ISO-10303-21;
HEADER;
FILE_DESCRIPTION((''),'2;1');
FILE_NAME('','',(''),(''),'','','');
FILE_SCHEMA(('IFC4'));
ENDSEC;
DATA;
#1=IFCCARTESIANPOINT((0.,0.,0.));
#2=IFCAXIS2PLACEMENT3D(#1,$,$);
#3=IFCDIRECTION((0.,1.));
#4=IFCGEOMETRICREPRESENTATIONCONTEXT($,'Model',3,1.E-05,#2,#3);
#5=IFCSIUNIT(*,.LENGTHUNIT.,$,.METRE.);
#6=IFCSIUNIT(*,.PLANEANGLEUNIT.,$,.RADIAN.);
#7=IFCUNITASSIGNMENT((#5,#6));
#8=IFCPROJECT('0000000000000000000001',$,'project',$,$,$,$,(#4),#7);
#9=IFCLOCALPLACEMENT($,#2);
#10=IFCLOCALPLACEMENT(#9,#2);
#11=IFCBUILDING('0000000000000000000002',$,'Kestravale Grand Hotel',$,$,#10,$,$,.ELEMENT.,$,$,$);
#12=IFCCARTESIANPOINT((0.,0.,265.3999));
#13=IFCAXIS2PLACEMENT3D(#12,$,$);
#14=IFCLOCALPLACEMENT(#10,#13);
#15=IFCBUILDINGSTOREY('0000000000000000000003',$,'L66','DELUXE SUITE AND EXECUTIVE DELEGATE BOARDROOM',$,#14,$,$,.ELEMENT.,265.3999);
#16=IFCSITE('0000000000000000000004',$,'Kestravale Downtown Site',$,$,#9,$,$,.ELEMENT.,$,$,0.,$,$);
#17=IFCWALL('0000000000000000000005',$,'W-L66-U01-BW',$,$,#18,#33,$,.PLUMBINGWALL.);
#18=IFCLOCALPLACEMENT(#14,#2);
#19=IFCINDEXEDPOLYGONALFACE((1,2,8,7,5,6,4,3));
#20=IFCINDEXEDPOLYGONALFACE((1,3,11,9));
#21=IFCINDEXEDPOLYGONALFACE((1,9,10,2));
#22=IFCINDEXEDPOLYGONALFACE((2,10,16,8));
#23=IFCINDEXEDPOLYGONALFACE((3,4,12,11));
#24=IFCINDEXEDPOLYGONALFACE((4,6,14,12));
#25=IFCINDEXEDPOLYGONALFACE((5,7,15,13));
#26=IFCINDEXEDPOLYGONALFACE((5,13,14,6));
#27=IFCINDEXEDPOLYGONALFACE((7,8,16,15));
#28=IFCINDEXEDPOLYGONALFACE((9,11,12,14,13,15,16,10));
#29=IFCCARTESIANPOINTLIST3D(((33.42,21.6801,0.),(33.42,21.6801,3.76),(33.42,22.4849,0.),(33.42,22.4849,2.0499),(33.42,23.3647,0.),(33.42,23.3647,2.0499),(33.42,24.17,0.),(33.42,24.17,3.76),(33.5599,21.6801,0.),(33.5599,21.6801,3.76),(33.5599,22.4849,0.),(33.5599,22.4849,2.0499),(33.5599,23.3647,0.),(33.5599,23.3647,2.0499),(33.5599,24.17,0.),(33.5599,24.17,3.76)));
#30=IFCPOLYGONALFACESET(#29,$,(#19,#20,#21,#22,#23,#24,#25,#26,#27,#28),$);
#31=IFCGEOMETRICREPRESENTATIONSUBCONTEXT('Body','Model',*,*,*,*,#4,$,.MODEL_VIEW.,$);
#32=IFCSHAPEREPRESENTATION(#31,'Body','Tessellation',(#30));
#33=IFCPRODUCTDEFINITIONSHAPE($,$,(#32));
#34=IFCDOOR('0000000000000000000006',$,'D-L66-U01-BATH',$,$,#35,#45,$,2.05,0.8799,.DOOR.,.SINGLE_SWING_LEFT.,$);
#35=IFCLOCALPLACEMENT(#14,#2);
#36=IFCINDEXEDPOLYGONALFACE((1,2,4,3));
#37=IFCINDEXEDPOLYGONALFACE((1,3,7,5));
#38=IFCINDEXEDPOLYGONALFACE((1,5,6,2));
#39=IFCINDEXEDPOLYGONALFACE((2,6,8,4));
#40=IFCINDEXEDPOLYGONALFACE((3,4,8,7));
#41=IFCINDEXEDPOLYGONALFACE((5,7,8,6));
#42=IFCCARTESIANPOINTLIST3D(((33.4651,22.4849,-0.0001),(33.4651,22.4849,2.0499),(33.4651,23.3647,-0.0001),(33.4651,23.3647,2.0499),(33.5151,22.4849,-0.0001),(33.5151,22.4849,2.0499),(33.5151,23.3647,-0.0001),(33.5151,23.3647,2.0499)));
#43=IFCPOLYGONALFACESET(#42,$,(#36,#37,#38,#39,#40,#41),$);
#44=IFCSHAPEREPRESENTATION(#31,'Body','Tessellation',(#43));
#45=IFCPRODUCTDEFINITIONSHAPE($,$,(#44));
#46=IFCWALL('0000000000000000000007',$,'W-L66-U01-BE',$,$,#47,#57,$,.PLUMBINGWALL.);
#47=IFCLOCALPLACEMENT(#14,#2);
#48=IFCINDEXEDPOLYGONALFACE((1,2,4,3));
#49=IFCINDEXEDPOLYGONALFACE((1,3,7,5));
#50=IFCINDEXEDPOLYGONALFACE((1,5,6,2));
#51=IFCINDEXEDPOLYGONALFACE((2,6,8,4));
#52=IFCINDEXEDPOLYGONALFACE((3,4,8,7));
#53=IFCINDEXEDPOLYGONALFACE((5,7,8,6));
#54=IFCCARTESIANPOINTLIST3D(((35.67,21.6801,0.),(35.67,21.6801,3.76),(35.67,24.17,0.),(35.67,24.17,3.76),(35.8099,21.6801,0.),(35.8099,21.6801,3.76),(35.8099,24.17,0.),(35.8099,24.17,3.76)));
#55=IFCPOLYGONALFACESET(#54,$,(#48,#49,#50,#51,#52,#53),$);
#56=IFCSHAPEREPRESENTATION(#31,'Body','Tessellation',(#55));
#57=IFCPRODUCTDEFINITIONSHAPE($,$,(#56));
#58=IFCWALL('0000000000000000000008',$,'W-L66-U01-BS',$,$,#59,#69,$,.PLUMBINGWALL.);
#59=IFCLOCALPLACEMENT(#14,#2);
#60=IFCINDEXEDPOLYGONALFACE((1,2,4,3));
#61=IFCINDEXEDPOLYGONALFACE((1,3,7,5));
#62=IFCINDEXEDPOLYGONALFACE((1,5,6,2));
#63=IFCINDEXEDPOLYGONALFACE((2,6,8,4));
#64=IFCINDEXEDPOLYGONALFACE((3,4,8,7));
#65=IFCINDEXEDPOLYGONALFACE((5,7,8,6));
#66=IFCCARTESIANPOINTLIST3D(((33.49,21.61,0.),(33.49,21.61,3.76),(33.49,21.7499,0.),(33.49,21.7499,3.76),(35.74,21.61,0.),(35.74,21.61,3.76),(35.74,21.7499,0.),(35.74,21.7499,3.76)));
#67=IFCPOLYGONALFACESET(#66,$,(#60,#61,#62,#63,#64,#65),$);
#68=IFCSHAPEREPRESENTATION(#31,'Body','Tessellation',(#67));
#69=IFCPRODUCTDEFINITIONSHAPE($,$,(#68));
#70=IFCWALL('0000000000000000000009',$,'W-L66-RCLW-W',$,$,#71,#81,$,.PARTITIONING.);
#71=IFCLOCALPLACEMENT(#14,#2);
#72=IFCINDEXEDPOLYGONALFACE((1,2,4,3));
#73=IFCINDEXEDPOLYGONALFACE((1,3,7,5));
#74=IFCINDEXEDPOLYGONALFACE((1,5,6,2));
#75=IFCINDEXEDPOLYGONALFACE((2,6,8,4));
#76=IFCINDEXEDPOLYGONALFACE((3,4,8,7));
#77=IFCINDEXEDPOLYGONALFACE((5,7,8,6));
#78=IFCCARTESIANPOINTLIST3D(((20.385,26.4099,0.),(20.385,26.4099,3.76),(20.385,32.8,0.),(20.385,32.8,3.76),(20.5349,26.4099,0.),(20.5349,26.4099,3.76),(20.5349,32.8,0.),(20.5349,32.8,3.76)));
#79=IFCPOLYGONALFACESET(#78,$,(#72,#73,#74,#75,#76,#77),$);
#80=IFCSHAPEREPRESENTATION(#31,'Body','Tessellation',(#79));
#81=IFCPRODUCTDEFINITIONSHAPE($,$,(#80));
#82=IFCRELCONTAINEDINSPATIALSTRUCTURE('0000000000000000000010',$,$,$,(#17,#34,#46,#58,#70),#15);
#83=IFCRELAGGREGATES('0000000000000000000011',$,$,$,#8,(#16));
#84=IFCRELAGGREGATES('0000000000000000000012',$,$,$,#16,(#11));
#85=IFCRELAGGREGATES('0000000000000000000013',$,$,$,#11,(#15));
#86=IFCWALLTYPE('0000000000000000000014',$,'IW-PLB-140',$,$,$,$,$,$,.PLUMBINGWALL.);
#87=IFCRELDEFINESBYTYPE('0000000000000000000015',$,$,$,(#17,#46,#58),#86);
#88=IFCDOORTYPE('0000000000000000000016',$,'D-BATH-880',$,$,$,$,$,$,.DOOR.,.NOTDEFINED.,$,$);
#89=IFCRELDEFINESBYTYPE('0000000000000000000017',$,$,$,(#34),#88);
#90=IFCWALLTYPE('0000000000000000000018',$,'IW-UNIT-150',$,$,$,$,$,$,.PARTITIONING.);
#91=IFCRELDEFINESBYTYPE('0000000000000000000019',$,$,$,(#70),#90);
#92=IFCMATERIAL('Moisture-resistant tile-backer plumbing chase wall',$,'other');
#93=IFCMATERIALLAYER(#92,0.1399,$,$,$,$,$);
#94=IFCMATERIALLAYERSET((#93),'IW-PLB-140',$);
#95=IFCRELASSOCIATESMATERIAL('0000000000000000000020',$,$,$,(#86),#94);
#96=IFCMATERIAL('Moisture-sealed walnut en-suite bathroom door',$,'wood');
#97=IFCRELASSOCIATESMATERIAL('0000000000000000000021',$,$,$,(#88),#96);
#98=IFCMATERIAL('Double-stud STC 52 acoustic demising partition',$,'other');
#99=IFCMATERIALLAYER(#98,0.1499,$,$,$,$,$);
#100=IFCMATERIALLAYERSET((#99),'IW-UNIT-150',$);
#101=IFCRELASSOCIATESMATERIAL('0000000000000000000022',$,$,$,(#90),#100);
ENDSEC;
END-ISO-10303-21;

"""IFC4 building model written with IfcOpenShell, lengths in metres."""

from ifc_helpers import new_model, si_unit, direction, frame, frame_2d, origin, place, context, subcontext, project, spatial, rectangle, extrude, material, layer, layer_set, type_object, element, fill, save


model = new_model("IFC4")

# Units and contexts
model_context = context("Model", 3, precision=1e-05, world=origin(), true_north=direction((0.0, 1.0)))
body_context = subcontext(model_context, "Body", "Model", "MODEL_VIEW")
ifc_project = project(units=[si_unit("LENGTHUNIT", "METRE"), si_unit("PLANEANGLEUNIT", "RADIAN")], contexts=[model_context])

# Site, building, storey
site_placement = place(None, origin())
site = spatial("IfcSite", under=ifc_project, at=site_placement, Name="Kestravale Downtown Site", CompositionType="ELEMENT", RefElevation=0.0)
building_placement = place(site_placement, origin())
building = spatial("IfcBuilding", under=site, at=building_placement, Name="Kestravale Grand Hotel", CompositionType="ELEMENT")
storey_placement = place(building_placement, frame((0.0, 0.0, 265.3999)))
storey = spatial("IfcBuildingStorey", under=building, at=storey_placement, Name="L66", Description="DELUXE SUITE AND EXECUTIVE DELEGATE BOARDROOM", CompositionType="ELEMENT", Elevation=265.3999)

# Wall, opening, door
ifc_material_1 = material(Name="Moisture-resistant tile-backer plumbing chase wall", Category="other")
ifc_layer_1 = layer(ifc_material_1, 0.1399)
ifc_layer_set_1 = layer_set([ifc_layer_1], Name="IW-PLB-140")
wall_type_1 = type_object("IfcWallType", Name="IW-PLB-140", PredefinedType="PLUMBINGWALL", material=ifc_layer_set_1)
wall_1_placement = place(storey_placement, frame((33.49, 21.6799, 0.0), z_axis=(0.0, 0.0, 1.0), x_axis=(0.0, 1.0, 0.0)))
wall_1 = element("IfcWall", 1, at=wall_1_placement, inside=storey, type_object=wall_type_1, Name="W-L66-U01-BW", PredefinedType="PLUMBINGWALL", context=body_context, shape_type="SweptSolid", body=[
    extrude(rectangle(XDim=2.49, YDim=0.1399, at=frame_2d((1.2451, 0.0))), origin(), (0.0, 0.0, 1.0), 3.76),
])
opening_1_placement = place(wall_1_placement, frame((0.8049, 0.0, 0.0)))
opening_1 = element("IfcOpeningElement", 2, at=opening_1_placement, cuts=wall_1, PredefinedType="OPENING", context=body_context, shape_type="SweptSolid", body=[
    extrude(rectangle(XDim=0.8799, YDim=2.05, at=frame_2d((0.4399, 1.0249))), frame((0.0, 0.0798, 0.0), z_axis=(0.0, -1.0, 0.0), x_axis=(1.0, 0.0, 0.0)), (0.0, 0.0, 1.0), 0.1599),
])
ifc_material_2 = material(Name="Moisture-sealed walnut en-suite bathroom door", Category="wood")
door_type_1 = type_object("IfcDoorType", Name="D-BATH-880", OperationType="NOTDEFINED", PredefinedType="DOOR", material=ifc_material_2)
door_1_placement = place(opening_1_placement, origin())
door_1 = element("IfcDoor", 3, at=door_1_placement, inside=storey, type_object=door_type_1, Name="D-L66-U01-BATH", OperationType="SINGLE_SWING_LEFT", OverallHeight=2.05, OverallWidth=0.8799, PredefinedType="DOOR", context=body_context, shape_type="SweptSolid", body=[
    extrude(rectangle(XDim=0.8799, YDim=2.05, at=frame_2d((0.4399, 1.0249))), frame((0.0, 0.0249, 0.0), z_axis=(0.0, -1.0, 0.0), x_axis=(1.0, 0.0, 0.0)), (0.0, 0.0, 1.0), 0.05),
])
fill(opening_1, door_1)

# Walls
wall_2_placement = place(storey_placement, frame((35.74, 21.6799, 0.0), z_axis=(0.0, 0.0, 1.0), x_axis=(0.0, 1.0, 0.0)))
element("IfcWall", 4, at=wall_2_placement, inside=storey, type_object=wall_type_1, Name="W-L66-U01-BE", PredefinedType="PLUMBINGWALL", context=body_context, shape_type="SweptSolid", body=[
    extrude(rectangle(XDim=2.49, YDim=0.1399, at=frame_2d((1.2451, 0.0))), origin(), (0.0, 0.0, 1.0), 3.76),
])
wall_3_placement = place(storey_placement, frame((33.49, 21.6799, 0.0), z_axis=(0.0, 0.0, 1.0), x_axis=(1.0, 0.0, 0.0)))
element("IfcWall", 5, at=wall_3_placement, inside=storey, type_object=wall_type_1, Name="W-L66-U01-BS", PredefinedType="PLUMBINGWALL", context=body_context, shape_type="SweptSolid", body=[
    extrude(rectangle(XDim=2.25, YDim=0.1399, at=frame_2d((1.125, 0.0))), origin(), (0.0, 0.0, 1.0), 3.76),
])
ifc_material_3 = material(Name="Double-stud STC 52 acoustic demising partition", Category="other")
ifc_layer_2 = layer(ifc_material_3, 0.1499)
ifc_layer_set_2 = layer_set([ifc_layer_2], Name="IW-UNIT-150")
wall_type_2 = type_object("IfcWallType", Name="IW-UNIT-150", PredefinedType="PARTITIONING", material=ifc_layer_set_2)
wall_4_placement = place(storey_placement, frame((20.46, 26.4099, 0.0), z_axis=(0.0, 0.0, 1.0), x_axis=(0.0, 1.0, 0.0)))
element("IfcWall", 6, at=wall_4_placement, inside=storey, type_object=wall_type_2, Name="W-L66-RCLW-W", PredefinedType="PARTITIONING", context=body_context, shape_type="SweptSolid", body=[
    extrude(rectangle(XDim=6.3901, YDim=0.1499, at=frame_2d((3.1951, 0.0))), origin(), (0.0, 0.0, 1.0), 3.76),
])

save(model, "model.ifc")
